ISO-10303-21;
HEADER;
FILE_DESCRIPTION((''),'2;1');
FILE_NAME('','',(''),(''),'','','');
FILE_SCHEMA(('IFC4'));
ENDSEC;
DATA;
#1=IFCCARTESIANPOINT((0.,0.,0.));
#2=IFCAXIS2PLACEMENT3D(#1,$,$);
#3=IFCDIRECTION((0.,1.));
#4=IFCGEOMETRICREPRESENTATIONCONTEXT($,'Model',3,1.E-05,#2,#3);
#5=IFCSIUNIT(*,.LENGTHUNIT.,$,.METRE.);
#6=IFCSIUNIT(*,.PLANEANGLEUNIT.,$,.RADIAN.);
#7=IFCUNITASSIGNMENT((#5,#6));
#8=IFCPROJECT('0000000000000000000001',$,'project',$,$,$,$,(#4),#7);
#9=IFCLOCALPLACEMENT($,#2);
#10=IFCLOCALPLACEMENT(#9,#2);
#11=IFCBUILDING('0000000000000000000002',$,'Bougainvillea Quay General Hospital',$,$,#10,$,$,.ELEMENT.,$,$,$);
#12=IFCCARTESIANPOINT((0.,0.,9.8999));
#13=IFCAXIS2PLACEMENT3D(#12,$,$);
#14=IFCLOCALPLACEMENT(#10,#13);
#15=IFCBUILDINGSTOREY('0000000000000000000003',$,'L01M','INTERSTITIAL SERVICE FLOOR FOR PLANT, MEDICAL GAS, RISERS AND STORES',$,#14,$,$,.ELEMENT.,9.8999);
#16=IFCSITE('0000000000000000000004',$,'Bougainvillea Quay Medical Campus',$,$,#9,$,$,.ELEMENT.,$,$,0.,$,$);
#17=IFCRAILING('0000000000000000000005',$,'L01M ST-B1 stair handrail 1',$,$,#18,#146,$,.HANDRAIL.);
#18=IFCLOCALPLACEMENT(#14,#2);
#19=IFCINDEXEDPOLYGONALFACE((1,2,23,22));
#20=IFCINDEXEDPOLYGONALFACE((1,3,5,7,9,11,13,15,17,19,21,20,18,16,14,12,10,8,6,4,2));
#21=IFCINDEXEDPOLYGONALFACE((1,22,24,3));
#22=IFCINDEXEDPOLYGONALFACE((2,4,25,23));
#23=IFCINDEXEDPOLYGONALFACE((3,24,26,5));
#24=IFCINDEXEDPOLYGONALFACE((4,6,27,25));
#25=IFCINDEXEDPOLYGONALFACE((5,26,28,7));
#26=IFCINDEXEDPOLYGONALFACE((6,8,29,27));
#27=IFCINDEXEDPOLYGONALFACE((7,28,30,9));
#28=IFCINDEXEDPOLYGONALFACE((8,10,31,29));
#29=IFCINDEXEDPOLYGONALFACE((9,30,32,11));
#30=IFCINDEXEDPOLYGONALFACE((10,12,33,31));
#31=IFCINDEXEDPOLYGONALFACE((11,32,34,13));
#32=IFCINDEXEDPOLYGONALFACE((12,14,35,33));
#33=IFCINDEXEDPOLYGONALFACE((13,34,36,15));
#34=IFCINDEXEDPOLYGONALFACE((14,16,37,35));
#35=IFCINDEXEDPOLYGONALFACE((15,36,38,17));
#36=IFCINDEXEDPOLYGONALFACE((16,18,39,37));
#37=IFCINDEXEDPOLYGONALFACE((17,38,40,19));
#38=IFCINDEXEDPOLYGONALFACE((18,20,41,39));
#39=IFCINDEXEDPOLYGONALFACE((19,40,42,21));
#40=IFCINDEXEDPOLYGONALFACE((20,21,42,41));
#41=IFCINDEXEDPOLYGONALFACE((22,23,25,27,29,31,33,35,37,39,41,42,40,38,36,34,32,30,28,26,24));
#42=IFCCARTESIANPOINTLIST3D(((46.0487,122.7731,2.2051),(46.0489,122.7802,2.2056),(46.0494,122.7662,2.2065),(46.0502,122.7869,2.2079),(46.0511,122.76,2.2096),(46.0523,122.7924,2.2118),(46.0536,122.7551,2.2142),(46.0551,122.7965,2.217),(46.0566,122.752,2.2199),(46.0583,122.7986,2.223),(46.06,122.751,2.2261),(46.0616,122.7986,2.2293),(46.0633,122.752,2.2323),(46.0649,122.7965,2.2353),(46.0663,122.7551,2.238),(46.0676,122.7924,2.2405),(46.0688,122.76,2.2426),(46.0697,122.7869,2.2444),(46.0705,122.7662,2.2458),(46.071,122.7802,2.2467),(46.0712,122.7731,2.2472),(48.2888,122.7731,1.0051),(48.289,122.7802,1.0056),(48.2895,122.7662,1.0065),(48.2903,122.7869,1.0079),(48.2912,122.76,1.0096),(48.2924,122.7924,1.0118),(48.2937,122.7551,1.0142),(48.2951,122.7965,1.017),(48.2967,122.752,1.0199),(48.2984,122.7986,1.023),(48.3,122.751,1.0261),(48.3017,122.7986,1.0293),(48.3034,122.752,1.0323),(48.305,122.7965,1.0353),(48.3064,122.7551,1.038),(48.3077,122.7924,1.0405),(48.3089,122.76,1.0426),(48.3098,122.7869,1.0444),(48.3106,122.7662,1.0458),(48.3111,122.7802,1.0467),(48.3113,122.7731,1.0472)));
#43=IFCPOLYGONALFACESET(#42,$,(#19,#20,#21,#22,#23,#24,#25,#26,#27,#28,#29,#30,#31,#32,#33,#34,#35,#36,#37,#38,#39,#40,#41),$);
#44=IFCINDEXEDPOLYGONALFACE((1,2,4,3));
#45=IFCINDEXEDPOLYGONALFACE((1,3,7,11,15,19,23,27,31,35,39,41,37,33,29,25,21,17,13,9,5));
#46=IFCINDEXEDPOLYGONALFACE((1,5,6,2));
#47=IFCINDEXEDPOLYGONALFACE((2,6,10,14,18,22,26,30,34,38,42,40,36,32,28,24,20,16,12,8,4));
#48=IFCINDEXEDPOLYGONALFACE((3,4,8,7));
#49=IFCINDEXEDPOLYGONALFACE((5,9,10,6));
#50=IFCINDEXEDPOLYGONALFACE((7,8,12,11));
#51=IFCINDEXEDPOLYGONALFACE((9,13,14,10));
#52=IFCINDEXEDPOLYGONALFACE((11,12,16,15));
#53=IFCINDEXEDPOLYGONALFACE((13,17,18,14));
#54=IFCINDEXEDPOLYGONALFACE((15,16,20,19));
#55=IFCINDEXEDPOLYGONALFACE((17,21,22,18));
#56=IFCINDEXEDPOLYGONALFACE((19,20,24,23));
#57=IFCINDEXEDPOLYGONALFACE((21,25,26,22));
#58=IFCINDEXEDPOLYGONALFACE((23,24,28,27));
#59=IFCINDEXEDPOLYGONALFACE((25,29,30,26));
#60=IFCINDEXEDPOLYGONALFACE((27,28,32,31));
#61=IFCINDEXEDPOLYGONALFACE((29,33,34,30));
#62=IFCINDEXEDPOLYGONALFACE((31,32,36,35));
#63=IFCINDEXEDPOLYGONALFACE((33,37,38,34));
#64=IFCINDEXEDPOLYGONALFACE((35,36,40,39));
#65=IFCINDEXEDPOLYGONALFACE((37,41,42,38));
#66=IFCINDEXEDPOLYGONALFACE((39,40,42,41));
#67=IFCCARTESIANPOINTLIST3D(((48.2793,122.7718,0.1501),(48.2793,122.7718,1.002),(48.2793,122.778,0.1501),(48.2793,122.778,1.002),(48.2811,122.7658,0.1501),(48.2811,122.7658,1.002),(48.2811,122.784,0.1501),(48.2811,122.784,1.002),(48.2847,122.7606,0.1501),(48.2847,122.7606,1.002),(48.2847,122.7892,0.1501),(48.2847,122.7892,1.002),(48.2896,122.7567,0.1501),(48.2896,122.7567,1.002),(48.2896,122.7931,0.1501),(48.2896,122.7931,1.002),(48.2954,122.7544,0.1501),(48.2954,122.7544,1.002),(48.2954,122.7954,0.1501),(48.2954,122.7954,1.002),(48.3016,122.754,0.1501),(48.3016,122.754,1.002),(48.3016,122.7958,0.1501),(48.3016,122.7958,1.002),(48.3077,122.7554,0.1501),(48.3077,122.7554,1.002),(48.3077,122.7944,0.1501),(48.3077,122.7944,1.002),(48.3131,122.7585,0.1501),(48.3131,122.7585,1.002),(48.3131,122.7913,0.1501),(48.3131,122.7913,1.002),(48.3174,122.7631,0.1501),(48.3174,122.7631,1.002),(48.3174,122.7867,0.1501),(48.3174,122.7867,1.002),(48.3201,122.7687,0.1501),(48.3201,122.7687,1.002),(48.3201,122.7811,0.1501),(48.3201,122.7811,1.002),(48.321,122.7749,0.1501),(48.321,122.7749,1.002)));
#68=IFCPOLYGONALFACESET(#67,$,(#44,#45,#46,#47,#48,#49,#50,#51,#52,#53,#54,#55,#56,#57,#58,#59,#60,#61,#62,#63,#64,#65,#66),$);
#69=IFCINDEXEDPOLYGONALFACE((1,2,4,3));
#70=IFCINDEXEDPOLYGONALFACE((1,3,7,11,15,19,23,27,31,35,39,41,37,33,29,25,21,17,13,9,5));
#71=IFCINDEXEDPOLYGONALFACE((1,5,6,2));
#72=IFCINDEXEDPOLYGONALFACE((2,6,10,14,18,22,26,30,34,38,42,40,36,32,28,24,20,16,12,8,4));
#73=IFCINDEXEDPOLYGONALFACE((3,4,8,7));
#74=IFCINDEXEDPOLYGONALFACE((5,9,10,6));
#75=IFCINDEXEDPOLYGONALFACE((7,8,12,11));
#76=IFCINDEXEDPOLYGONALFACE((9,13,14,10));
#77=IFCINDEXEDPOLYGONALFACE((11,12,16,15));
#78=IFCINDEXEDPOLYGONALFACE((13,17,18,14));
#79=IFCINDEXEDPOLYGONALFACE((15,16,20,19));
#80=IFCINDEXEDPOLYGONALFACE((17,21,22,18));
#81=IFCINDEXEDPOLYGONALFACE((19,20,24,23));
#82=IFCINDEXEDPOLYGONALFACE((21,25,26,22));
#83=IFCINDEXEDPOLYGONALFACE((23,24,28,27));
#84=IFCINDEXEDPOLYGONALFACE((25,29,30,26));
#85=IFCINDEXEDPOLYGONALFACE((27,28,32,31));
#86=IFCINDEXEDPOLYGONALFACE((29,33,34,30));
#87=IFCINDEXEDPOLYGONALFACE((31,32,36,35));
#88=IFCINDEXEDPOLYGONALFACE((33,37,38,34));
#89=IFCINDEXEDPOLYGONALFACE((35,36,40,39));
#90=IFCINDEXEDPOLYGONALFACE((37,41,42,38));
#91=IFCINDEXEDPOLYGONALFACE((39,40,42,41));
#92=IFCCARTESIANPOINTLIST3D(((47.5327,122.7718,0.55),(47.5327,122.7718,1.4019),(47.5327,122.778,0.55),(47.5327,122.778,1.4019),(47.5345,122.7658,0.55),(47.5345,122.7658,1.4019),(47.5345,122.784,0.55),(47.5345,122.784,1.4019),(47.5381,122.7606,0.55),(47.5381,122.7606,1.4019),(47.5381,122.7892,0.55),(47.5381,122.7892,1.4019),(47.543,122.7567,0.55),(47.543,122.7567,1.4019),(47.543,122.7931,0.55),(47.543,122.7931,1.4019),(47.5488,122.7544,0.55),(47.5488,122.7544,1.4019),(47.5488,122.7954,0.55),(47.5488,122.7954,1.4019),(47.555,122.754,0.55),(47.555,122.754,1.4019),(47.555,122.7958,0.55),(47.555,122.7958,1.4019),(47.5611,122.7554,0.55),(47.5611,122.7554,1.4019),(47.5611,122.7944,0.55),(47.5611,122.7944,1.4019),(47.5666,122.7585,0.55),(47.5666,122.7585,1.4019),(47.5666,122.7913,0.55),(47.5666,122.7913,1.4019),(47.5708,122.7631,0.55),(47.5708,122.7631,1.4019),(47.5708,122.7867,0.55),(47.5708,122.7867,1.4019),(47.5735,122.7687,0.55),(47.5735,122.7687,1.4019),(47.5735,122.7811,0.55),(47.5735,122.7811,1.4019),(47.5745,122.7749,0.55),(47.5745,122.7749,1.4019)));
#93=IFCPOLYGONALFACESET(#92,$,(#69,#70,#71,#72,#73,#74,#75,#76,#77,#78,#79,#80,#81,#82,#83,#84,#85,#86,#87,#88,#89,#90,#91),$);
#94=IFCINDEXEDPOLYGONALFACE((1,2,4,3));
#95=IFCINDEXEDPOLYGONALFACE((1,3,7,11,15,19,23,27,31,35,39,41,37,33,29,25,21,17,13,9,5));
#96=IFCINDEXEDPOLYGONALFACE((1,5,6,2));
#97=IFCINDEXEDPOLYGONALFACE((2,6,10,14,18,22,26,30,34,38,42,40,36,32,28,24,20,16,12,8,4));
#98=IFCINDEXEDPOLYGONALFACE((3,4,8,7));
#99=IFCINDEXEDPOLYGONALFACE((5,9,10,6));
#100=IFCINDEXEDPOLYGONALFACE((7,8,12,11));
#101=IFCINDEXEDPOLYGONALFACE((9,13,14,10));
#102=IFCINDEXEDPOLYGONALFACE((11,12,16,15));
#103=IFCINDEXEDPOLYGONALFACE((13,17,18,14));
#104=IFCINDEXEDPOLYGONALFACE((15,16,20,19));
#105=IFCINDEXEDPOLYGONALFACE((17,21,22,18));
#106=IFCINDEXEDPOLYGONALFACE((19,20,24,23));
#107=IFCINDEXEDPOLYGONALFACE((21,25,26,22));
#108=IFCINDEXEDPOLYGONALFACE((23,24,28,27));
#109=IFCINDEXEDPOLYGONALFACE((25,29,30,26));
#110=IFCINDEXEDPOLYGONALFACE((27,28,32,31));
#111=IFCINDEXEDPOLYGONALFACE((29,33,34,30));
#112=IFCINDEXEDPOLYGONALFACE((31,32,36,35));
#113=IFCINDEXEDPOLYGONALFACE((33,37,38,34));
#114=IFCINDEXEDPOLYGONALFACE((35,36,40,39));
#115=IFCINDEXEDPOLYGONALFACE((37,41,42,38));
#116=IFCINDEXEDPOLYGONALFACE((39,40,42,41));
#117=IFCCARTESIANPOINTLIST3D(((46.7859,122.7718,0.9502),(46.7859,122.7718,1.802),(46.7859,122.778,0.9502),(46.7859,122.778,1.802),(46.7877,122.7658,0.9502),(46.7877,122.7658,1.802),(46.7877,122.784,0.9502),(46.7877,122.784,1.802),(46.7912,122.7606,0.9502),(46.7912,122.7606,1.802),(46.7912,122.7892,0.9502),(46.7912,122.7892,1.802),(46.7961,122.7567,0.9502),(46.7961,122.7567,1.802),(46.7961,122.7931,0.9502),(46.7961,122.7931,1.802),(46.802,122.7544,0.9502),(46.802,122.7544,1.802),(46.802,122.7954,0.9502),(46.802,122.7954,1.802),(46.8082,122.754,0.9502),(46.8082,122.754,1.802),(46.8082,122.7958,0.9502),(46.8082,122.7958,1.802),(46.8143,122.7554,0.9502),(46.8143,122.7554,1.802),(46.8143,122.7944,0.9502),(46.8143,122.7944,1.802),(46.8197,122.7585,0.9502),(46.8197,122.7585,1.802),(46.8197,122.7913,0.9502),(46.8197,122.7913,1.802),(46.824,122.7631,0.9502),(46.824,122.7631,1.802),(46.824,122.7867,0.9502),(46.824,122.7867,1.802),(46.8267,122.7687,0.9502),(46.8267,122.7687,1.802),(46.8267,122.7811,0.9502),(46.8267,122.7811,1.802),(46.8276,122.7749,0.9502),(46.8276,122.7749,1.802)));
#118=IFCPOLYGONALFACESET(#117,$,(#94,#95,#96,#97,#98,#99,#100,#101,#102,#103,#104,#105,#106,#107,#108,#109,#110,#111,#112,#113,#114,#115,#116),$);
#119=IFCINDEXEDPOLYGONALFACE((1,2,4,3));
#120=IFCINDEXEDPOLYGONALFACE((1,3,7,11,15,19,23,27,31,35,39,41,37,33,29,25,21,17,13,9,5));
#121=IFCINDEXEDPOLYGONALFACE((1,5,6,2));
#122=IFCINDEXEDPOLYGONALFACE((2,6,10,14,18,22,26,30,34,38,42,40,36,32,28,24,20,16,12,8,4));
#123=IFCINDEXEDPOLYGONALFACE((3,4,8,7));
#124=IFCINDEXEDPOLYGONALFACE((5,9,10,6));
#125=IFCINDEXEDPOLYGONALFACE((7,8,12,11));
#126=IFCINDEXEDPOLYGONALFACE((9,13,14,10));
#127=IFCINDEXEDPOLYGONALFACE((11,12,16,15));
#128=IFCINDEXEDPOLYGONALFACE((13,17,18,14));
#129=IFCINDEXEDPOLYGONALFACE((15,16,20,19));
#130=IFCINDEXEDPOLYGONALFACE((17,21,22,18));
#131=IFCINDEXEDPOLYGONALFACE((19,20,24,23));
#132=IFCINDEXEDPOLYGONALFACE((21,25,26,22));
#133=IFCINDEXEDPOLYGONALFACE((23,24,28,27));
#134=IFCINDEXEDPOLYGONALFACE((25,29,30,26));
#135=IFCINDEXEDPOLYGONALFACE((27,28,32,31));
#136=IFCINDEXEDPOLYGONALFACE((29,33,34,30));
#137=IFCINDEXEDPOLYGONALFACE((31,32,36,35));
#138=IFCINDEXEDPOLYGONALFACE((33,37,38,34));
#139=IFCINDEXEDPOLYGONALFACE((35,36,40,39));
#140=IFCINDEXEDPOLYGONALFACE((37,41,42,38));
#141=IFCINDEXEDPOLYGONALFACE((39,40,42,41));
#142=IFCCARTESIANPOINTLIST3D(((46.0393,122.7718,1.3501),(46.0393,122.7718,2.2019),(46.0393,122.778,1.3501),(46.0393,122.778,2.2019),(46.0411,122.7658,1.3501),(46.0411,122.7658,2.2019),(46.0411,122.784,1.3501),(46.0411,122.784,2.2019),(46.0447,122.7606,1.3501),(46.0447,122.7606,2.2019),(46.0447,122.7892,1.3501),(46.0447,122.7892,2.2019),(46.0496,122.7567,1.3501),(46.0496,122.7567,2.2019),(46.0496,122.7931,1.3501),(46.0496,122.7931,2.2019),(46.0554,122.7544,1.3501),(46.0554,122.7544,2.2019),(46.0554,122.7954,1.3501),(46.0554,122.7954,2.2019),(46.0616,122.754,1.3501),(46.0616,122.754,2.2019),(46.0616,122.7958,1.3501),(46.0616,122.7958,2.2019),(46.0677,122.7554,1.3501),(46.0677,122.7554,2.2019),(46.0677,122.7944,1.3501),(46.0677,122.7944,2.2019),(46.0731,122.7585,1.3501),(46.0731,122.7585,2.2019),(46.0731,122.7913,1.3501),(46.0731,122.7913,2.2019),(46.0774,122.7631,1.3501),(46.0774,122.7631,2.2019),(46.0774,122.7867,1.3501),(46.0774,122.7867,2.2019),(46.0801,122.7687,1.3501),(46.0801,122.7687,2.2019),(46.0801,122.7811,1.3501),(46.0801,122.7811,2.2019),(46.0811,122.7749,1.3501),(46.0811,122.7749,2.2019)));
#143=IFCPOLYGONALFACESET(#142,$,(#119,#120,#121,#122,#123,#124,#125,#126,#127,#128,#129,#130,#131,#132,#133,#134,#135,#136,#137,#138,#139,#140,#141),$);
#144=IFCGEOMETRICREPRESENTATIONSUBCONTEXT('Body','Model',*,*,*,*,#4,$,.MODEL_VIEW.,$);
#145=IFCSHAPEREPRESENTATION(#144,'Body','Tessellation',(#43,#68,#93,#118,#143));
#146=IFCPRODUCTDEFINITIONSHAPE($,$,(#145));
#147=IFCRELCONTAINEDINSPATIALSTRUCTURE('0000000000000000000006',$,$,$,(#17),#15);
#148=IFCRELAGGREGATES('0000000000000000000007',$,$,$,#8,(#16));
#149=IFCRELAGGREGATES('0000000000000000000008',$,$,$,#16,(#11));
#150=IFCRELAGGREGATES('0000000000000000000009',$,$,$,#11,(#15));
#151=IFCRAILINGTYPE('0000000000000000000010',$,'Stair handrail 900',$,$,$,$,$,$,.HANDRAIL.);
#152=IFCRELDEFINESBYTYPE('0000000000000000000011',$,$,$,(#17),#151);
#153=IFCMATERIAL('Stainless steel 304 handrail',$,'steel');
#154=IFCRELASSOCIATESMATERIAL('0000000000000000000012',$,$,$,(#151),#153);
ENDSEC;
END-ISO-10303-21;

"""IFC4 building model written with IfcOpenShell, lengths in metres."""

from ifc_helpers import new_model, si_unit, direction, frame, origin, origin_2d, place, context, subcontext, project, spatial, circle, extrude, material, type_object, element, save


model = new_model("IFC4")

# Units and contexts
model_context = context("Model", 3, precision=1e-05, world=origin(), true_north=direction((0.0, 1.0)))
body_context = subcontext(model_context, "Body", "Model", "MODEL_VIEW")
ifc_project = project(units=[si_unit("LENGTHUNIT", "METRE"), si_unit("PLANEANGLEUNIT", "RADIAN")], contexts=[model_context])

# Site, building, storey
site_placement = place(None, origin())
site = spatial("IfcSite", under=ifc_project, at=site_placement, Name="Bougainvillea Quay Medical Campus", CompositionType="ELEMENT", RefElevation=0.0)
building_placement = place(site_placement, origin())
building = spatial("IfcBuilding", under=site, at=building_placement, Name="Bougainvillea Quay General Hospital", CompositionType="ELEMENT")
storey_placement = place(building_placement, frame((0.0, 0.0, 9.8999)))
storey = spatial("IfcBuildingStorey", under=building, at=storey_placement, Name="L01M", Description="INTERSTITIAL SERVICE FLOOR FOR PLANT, MEDICAL GAS, RISERS AND STORES", CompositionType="ELEMENT", Elevation=9.8999)

# Railing
ifc_material_1 = material(Name="Stainless steel 304 handrail", Category="steel")
railing_type_1 = type_object("IfcRailingType", Name="Stair handrail 900", PredefinedType="HANDRAIL", material=ifc_material_1)
railing_1_placement = place(storey_placement, frame((48.3, 122.7749, 0.1501)))
element("IfcRailing", 1, at=railing_1_placement, inside=storey, type_object=railing_type_1, Name="L01M ST-B1 stair handrail 1", PredefinedType="HANDRAIL", context=body_context, shape_type="SweptSolid", body=[
    extrude(circle(Radius=0.0239, at=origin_2d()), frame((0.0, 0.0, 0.876), z_axis=(-0.881487, 0.0, 0.472208), x_axis=(0.0, -1.0, 0.0)), (0.0, 0.0, 1.0), 2.5413),
    extrude(circle(Radius=0.021, at=origin_2d()), origin(), (0.0, 0.0, 1.0), 0.8518),
    extrude(circle(Radius=0.021, at=origin_2d()), frame((-0.7466, 0.0, 0.3999)), (0.0, 0.0, 1.0), 0.8518),
    extrude(circle(Radius=0.021, at=origin_2d()), frame((-1.4934, 0.0, 0.8)), (0.0, 0.0, 1.0), 0.8518),
    extrude(circle(Radius=0.021, at=origin_2d()), frame((-2.24, 0.0, 1.2)), (0.0, 0.0, 1.0), 0.8518),
])

save(model, "model.ifc")
